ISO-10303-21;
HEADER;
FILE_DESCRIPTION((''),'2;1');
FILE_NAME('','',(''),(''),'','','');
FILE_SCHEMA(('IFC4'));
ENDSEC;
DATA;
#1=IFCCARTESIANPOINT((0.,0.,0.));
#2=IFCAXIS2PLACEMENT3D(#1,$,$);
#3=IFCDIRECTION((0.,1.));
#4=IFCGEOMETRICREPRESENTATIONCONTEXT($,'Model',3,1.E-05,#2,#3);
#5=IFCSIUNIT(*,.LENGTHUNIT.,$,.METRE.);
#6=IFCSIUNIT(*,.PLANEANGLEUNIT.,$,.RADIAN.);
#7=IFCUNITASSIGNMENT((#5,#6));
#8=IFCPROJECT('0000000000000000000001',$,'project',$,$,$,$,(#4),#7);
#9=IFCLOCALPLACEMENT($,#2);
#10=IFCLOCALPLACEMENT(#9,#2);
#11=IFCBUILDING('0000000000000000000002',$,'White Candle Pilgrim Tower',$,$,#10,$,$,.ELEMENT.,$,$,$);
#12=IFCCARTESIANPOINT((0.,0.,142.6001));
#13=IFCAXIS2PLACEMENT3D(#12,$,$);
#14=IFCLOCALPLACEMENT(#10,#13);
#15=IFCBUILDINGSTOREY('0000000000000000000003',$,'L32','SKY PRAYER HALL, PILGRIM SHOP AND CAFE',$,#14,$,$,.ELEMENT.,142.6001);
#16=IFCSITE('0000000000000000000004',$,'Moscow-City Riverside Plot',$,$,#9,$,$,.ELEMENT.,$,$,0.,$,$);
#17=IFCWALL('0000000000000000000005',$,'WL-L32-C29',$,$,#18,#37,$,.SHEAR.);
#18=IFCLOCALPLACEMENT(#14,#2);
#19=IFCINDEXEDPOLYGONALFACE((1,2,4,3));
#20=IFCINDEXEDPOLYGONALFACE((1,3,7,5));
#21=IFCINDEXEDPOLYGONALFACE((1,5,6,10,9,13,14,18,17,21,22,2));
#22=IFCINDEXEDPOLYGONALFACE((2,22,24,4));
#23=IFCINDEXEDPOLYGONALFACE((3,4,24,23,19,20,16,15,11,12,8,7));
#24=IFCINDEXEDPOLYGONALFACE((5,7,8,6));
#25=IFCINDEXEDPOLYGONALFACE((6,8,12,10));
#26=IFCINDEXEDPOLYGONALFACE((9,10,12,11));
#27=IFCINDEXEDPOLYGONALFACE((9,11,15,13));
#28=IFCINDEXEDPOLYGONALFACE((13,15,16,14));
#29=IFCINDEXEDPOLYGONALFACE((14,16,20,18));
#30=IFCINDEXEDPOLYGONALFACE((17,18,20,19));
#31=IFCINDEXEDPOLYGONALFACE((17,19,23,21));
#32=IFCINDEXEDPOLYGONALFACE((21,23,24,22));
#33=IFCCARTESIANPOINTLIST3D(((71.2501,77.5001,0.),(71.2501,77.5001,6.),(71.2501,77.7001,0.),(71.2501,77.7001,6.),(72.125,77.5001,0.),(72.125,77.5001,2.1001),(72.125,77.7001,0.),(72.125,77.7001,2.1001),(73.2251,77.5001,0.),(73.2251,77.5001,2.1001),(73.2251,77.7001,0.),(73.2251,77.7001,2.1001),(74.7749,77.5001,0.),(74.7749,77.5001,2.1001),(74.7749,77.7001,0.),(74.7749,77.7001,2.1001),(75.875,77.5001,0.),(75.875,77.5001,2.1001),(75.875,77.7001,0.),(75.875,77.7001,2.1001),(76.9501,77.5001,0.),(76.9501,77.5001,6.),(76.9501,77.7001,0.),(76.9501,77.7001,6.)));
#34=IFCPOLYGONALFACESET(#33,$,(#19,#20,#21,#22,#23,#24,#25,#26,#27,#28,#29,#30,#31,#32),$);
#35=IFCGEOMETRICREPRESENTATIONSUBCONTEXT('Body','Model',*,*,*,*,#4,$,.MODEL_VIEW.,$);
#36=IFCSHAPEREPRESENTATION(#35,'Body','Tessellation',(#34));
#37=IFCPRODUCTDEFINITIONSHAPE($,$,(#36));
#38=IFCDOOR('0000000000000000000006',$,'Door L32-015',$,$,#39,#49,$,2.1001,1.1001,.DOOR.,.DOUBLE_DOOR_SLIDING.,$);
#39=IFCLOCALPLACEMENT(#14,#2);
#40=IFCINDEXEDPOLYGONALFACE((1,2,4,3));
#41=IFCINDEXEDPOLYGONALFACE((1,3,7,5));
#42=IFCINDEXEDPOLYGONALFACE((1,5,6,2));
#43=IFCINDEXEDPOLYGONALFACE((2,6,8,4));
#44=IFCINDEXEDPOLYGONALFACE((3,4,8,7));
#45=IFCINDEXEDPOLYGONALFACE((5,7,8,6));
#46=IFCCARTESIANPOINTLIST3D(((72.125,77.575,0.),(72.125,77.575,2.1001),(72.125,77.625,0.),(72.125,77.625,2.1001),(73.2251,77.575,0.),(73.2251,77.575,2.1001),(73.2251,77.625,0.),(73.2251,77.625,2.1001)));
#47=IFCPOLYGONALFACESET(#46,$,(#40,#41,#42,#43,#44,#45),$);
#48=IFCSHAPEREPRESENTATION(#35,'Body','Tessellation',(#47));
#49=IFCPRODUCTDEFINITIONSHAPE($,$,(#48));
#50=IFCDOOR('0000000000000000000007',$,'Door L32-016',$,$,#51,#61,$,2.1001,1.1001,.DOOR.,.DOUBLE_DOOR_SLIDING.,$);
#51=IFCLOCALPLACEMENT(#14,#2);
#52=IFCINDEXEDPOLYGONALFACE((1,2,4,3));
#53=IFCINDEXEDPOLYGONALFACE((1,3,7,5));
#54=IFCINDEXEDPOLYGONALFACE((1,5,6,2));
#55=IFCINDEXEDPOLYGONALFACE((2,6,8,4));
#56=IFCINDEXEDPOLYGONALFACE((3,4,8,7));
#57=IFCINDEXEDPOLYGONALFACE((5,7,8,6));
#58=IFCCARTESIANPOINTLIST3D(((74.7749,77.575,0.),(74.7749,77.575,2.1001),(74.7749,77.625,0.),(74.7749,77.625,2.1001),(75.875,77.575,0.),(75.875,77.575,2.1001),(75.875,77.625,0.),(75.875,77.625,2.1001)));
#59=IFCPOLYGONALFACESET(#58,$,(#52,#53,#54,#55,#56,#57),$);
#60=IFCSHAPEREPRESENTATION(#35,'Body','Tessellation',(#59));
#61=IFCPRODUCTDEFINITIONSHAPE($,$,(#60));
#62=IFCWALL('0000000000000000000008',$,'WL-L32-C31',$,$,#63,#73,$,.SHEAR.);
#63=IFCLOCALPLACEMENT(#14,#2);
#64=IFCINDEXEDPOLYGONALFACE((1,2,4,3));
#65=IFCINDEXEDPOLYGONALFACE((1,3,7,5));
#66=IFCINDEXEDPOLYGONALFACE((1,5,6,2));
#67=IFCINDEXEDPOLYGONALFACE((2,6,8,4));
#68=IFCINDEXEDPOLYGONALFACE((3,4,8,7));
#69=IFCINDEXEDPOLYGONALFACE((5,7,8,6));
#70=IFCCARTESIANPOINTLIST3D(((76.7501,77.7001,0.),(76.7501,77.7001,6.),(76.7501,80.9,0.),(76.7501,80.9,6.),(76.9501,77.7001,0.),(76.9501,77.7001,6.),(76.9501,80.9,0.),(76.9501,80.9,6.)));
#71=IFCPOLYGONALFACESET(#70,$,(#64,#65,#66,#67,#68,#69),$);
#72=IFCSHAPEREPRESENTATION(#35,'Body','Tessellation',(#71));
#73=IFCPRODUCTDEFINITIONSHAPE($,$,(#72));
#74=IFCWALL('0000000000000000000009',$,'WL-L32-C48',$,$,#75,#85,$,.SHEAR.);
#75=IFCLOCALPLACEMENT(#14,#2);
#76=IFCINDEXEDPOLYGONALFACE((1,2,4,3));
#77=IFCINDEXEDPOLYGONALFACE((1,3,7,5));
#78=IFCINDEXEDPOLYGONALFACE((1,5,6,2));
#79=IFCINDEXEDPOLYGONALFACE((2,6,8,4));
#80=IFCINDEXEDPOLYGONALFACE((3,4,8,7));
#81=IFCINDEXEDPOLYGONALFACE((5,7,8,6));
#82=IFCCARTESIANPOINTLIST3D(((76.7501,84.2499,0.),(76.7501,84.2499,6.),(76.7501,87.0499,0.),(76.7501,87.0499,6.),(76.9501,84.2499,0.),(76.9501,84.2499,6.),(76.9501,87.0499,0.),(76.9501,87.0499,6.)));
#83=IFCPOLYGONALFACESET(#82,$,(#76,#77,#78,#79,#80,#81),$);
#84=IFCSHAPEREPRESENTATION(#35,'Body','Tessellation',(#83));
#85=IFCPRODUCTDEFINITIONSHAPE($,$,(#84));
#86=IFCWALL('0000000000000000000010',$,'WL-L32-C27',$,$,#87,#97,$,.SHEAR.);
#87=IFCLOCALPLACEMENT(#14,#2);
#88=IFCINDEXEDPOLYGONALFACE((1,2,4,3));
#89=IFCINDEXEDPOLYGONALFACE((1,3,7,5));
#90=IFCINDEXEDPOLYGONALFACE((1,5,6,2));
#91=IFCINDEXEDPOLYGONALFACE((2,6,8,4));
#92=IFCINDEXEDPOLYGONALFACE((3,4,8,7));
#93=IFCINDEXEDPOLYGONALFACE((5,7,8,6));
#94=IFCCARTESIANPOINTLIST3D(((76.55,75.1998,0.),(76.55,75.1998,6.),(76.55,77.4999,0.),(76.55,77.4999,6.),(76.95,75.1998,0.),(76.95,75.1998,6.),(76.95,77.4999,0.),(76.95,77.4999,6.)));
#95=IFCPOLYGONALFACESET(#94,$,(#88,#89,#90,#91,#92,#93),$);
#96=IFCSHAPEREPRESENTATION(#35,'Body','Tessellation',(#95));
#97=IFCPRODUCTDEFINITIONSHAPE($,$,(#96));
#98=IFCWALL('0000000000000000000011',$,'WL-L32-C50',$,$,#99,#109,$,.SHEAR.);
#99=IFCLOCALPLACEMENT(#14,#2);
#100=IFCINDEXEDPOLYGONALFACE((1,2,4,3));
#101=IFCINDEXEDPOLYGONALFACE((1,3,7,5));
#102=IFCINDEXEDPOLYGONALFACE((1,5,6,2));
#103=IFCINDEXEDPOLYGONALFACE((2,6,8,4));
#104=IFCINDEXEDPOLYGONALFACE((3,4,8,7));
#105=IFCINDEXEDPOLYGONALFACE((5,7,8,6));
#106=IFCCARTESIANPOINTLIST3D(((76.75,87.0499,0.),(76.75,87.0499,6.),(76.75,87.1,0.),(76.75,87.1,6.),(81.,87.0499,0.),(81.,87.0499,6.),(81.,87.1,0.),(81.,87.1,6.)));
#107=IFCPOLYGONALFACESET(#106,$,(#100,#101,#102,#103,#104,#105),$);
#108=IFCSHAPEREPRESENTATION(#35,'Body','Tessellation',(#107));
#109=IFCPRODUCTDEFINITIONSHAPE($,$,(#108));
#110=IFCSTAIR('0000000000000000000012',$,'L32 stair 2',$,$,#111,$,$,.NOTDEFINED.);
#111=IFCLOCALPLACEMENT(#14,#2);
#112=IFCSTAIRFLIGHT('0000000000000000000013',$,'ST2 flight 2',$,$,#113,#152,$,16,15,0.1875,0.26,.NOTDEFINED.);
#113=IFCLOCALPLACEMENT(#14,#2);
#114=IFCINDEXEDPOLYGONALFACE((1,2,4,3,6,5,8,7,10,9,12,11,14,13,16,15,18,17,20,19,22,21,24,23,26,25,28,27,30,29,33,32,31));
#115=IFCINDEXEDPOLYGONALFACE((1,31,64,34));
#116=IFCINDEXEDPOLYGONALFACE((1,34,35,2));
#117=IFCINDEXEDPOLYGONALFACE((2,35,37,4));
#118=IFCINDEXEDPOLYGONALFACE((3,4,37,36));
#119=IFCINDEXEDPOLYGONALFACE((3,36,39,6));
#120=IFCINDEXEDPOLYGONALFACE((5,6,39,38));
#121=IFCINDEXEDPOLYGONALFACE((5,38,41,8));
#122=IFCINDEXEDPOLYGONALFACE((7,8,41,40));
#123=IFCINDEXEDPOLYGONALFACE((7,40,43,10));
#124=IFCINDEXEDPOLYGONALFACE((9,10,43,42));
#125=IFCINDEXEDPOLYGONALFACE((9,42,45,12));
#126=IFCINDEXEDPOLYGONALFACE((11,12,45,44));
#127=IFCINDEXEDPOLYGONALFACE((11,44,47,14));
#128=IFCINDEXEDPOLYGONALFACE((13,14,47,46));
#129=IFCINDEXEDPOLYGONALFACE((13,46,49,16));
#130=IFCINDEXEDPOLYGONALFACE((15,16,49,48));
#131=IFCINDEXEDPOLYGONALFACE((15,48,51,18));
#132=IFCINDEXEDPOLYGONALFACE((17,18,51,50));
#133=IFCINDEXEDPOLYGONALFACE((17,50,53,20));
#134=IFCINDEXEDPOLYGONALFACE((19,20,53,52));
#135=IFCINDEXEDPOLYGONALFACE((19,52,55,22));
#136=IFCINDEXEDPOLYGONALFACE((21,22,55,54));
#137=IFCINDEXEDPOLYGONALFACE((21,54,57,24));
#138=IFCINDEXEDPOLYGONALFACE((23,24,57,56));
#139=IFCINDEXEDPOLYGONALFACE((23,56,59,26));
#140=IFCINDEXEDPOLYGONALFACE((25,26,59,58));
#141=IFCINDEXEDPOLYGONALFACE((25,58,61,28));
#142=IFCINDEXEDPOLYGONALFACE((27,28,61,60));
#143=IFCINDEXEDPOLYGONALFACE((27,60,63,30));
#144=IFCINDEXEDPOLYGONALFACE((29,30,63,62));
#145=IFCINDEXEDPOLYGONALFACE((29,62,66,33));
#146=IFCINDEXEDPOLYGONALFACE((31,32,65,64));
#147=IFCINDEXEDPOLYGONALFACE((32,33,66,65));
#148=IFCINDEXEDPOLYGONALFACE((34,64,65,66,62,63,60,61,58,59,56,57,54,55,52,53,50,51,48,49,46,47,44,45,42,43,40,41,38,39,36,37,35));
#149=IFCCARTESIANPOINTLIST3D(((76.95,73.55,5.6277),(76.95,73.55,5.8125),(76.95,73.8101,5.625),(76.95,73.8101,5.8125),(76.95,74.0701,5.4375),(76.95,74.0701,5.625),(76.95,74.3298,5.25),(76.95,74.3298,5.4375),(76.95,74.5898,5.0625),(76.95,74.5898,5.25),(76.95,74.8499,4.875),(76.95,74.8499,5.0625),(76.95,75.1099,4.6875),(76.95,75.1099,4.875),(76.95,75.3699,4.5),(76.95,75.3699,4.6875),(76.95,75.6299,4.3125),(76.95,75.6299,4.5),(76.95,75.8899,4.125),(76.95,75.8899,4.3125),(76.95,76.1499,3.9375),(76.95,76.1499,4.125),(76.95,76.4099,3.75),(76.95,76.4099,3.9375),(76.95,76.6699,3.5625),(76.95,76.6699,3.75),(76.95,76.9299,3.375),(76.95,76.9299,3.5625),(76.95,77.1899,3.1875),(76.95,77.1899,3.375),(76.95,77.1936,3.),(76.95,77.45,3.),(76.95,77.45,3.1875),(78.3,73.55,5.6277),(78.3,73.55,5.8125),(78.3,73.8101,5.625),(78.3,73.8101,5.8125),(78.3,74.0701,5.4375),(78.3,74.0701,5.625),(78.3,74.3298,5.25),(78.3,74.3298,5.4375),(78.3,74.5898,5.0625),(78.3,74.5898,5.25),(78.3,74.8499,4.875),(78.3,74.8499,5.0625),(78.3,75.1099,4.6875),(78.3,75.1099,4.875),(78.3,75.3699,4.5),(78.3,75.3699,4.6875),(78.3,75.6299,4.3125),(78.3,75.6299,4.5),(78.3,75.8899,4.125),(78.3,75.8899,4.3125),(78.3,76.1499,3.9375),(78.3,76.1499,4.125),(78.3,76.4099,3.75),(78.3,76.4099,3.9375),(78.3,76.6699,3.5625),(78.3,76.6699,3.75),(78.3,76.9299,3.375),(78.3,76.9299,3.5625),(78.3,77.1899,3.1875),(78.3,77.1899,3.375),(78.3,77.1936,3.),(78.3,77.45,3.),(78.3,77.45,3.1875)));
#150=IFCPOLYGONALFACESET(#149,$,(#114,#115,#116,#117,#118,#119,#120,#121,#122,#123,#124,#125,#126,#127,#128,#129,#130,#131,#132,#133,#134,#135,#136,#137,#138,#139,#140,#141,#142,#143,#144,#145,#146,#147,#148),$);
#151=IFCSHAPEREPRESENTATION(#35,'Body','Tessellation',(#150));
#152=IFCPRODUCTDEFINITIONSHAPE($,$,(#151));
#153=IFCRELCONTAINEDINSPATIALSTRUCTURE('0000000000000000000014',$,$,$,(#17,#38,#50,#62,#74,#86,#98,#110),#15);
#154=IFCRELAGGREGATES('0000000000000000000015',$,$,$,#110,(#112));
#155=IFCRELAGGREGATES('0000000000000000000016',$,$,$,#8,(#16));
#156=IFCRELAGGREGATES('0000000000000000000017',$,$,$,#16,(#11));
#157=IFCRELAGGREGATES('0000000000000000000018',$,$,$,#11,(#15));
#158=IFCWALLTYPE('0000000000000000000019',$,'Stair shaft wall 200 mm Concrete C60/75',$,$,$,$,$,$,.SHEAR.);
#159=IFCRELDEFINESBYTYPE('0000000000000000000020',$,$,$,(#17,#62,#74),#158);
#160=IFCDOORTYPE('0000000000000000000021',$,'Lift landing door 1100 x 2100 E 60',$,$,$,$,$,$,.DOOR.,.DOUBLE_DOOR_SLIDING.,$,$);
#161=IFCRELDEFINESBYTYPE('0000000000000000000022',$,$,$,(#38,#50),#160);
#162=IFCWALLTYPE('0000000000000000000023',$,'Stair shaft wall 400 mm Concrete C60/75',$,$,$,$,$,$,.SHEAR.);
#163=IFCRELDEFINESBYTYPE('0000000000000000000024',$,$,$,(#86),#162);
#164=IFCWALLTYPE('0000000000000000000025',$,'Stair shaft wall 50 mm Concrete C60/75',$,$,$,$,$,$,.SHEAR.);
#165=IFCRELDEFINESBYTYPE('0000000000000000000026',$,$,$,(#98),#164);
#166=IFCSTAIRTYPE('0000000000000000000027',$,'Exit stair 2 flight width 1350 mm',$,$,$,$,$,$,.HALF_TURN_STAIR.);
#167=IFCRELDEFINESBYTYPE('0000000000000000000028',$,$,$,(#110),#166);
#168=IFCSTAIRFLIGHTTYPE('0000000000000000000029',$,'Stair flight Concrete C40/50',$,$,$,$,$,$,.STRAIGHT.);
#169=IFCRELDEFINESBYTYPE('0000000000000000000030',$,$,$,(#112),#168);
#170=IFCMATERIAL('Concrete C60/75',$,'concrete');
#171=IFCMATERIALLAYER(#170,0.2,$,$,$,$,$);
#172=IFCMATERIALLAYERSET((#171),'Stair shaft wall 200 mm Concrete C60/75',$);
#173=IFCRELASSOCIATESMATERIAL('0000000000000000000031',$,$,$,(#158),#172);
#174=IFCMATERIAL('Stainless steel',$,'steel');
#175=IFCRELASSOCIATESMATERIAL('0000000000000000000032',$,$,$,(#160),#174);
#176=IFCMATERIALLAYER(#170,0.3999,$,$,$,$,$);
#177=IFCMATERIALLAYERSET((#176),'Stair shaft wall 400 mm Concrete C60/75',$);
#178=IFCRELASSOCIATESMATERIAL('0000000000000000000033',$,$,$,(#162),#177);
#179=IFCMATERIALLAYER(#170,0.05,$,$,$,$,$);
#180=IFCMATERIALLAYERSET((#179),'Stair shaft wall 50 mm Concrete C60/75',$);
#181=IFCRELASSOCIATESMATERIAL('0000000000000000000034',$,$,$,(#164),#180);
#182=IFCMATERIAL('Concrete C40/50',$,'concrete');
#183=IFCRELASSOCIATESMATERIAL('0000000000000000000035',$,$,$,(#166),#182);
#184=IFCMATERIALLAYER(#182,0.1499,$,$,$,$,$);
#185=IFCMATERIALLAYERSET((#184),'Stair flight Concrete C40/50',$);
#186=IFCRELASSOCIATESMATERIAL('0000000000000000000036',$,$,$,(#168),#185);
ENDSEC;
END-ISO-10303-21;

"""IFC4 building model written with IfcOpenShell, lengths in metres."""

from ifc_helpers import new_model, si_unit, direction, frame, frame_2d, origin, place, context, subcontext, project, spatial, polyline, rectangle, outline, extrude, material, layer, layer_set, type_object, element, fill, aggregate, save


model = new_model("IFC4")

# Units and contexts
model_context = context("Model", 3, precision=1e-05, world=origin(), true_north=direction((0.0, 1.0)))
body_context = subcontext(model_context, "Body", "Model", "MODEL_VIEW")
ifc_project = project(units=[si_unit("LENGTHUNIT", "METRE"), si_unit("PLANEANGLEUNIT", "RADIAN")], contexts=[model_context])

# Site, building, storey
site_placement = place(None, origin())
site = spatial("IfcSite", under=ifc_project, at=site_placement, Name="Moscow-City Riverside Plot", CompositionType="ELEMENT", RefElevation=0.0)
building_placement = place(site_placement, origin())
building = spatial("IfcBuilding", under=site, at=building_placement, Name="White Candle Pilgrim Tower", CompositionType="ELEMENT")
storey_placement = place(building_placement, frame((0.0, 0.0, 142.6001)))
storey = spatial("IfcBuildingStorey", under=building, at=storey_placement, Name="L32", Description="SKY PRAYER HALL, PILGRIM SHOP AND CAFE", CompositionType="ELEMENT", Elevation=142.6001)

# Shared definitions
ifc_material_1 = material(Name="Concrete C60/75", Category="concrete")

# Wall, openings, doors
ifc_layer_1 = layer(ifc_material_1, 0.2)
ifc_layer_set_1 = layer_set([ifc_layer_1], Name="Stair shaft wall 200 mm Concrete C60/75")
wall_type_1 = type_object("IfcWallType", Name="Stair shaft wall 200 mm Concrete C60/75", PredefinedType="SHEAR", material=ifc_layer_set_1)
wall_1_placement = place(storey_placement, frame((71.25, 77.6001, 0.0), z_axis=(0.0, 0.0, 1.0), x_axis=(1.0, 0.0, 0.0)))
wall_1 = element("IfcWall", 1, at=wall_1_placement, inside=storey, type_object=wall_type_1, Name="WL-L32-C29", PredefinedType="SHEAR", context=body_context, shape_type="SweptSolid", body=[
    extrude(rectangle(XDim=5.7, YDim=0.2, at=frame_2d((2.8501, 0.0))), origin(), (0.0, 0.0, 1.0), 6.0),
])
opening_1_placement = place(wall_1_placement, frame((0.875, 0.0, 0.0)))
opening_1 = element("IfcOpeningElement", 2, at=opening_1_placement, cuts=wall_1, PredefinedType="OPENING", context=body_context, shape_type="SweptSolid", body=[
    extrude(rectangle(XDim=1.1001, YDim=2.1001, at=frame_2d((0.55, 1.05))), frame((0.0, 0.1099, 0.0), z_axis=(0.0, -1.0, 0.0), x_axis=(1.0, 0.0, 0.0)), (0.0, 0.0, 1.0), 0.22),
])
opening_2_placement = place(wall_1_placement, frame((3.5249, 0.0, 0.0)))
opening_2 = element("IfcOpeningElement", 3, at=opening_2_placement, cuts=wall_1, PredefinedType="OPENING", context=body_context, shape_type="SweptSolid", body=[
    extrude(rectangle(XDim=1.1001, YDim=2.1001, at=frame_2d((0.55, 1.05))), frame((0.0, 0.1099, 0.0), z_axis=(0.0, -1.0, 0.0), x_axis=(1.0, 0.0, 0.0)), (0.0, 0.0, 1.0), 0.22),
])
ifc_material_2 = material(Name="Stainless steel", Category="steel")
door_type_1 = type_object("IfcDoorType", Name="Lift landing door 1100 x 2100 E 60", OperationType="DOUBLE_DOOR_SLIDING", PredefinedType="DOOR", material=ifc_material_2)
door_1_placement = place(opening_1_placement, origin())
door_1 = element("IfcDoor", 4, at=door_1_placement, inside=storey, type_object=door_type_1, Name="Door L32-015", OperationType="DOUBLE_DOOR_SLIDING", OverallHeight=2.1001, OverallWidth=1.1001, PredefinedType="DOOR", context=body_context, shape_type="SweptSolid", body=[
    extrude(rectangle(XDim=1.1001, YDim=2.1001, at=frame_2d((0.55, 1.05))), frame((0.0, 0.0249, 0.0), z_axis=(0.0, -1.0, 0.0), x_axis=(1.0, 0.0, 0.0)), (0.0, 0.0, 1.0), 0.05),
])
fill(opening_1, door_1)
door_2_placement = place(opening_2_placement, origin())
door_2 = element("IfcDoor", 5, at=door_2_placement, inside=storey, type_object=door_type_1, Name="Door L32-016", OperationType="DOUBLE_DOOR_SLIDING", OverallHeight=2.1001, OverallWidth=1.1001, PredefinedType="DOOR", context=body_context, shape_type="SweptSolid", body=[
    extrude(rectangle(XDim=1.1001, YDim=2.1001, at=frame_2d((0.55, 1.05))), frame((0.0, 0.0249, 0.0), z_axis=(0.0, -1.0, 0.0), x_axis=(1.0, 0.0, 0.0)), (0.0, 0.0, 1.0), 0.05),
])
fill(opening_2, door_2)

# Walls
wall_2_placement = place(storey_placement, frame((76.8501, 77.7, 0.0), z_axis=(0.0, 0.0, 1.0), x_axis=(0.0, 1.0, 0.0)))
element("IfcWall", 6, at=wall_2_placement, inside=storey, type_object=wall_type_1, Name="WL-L32-C31", PredefinedType="SHEAR", context=body_context, shape_type="SweptSolid", body=[
    extrude(rectangle(XDim=3.2, YDim=0.2, at=frame_2d((1.6001, 0.0))), origin(), (0.0, 0.0, 1.0), 6.0),
])
wall_3_placement = place(storey_placement, frame((76.8501, 84.25, 0.0), z_axis=(0.0, 0.0, 1.0), x_axis=(0.0, 1.0, 0.0)))
element("IfcWall", 7, at=wall_3_placement, inside=storey, type_object=wall_type_1, Name="WL-L32-C48", PredefinedType="SHEAR", context=body_context, shape_type="SweptSolid", body=[
    extrude(rectangle(XDim=2.8, YDim=0.2, at=frame_2d((1.3999, 0.0))), origin(), (0.0, 0.0, 1.0), 6.0),
])
ifc_layer_2 = layer(ifc_material_1, 0.3999)
ifc_layer_set_2 = layer_set([ifc_layer_2], Name="Stair shaft wall 400 mm Concrete C60/75")
wall_type_2 = type_object("IfcWallType", Name="Stair shaft wall 400 mm Concrete C60/75", PredefinedType="SHEAR", material=ifc_layer_set_2)
wall_4_placement = place(storey_placement, frame((76.75, 75.2, 0.0), z_axis=(0.0, 0.0, 1.0), x_axis=(0.0, 1.0, 0.0)))
element("IfcWall", 8, at=wall_4_placement, inside=storey, type_object=wall_type_2, Name="WL-L32-C27", PredefinedType="SHEAR", context=body_context, shape_type="SweptSolid", body=[
    extrude(rectangle(XDim=2.3, YDim=0.3999, at=frame_2d((1.1499, 0.0))), origin(), (0.0, 0.0, 1.0), 6.0),
])
ifc_layer_3 = layer(ifc_material_1, 0.05)
ifc_layer_set_3 = layer_set([ifc_layer_3], Name="Stair shaft wall 50 mm Concrete C60/75")
wall_type_3 = type_object("IfcWallType", Name="Stair shaft wall 50 mm Concrete C60/75", PredefinedType="SHEAR", material=ifc_layer_set_3)
wall_5_placement = place(storey_placement, frame((76.75, 87.075, 0.0), z_axis=(0.0, 0.0, 1.0), x_axis=(1.0, 0.0, 0.0)))
element("IfcWall", 9, at=wall_5_placement, inside=storey, type_object=wall_type_3, Name="WL-L32-C50", PredefinedType="SHEAR", context=body_context, shape_type="SweptSolid", body=[
    extrude(rectangle(XDim=4.25, YDim=0.05, at=frame_2d((2.125, 0.0))), origin(), (0.0, 0.0, 1.0), 6.0),
])

# Stair, stair flight
ifc_material_3 = material(Name="Concrete C40/50", Category="concrete")
stair_type_1 = type_object("IfcStairType", Name="Exit stair 2 flight width 1350 mm", PredefinedType="HALF_TURN_STAIR", material=ifc_material_3)
stair_1_placement = place(storey_placement, origin())
stair_1 = element("IfcStair", 10, at=stair_1_placement, inside=storey, type_object=stair_type_1, Name="L32 stair 2", PredefinedType="NOTDEFINED")
ifc_layer_4 = layer(ifc_material_3, 0.1499)
ifc_layer_set_4 = layer_set([ifc_layer_4], Name="Stair flight Concrete C40/50")
stair_flight_type = type_object("IfcStairFlightType", Name="Stair flight Concrete C40/50", PredefinedType="STRAIGHT", material=ifc_layer_set_4)
stair_flight_1_placement = place(storey_placement, frame((77.625, 77.45, 3.0), z_axis=(0.0, 0.0, 1.0), x_axis=(0.0, -1.0, 0.0)))
stair_flight_1 = element("IfcStairFlight", 11, at=stair_flight_1_placement, type_object=stair_flight_type, Name="ST2 flight 2", NumberOfRisers=16, NumberOfTreads=15, PredefinedType="NOTDEFINED", RiserHeight=0.1875, TreadLength=0.26, context=body_context, shape_type="SweptSolid", body=[
    extrude(outline(polyline([(0.0, 0.0), (0.0, 0.1875), (0.26, 0.1875), (0.26, 0.375), (0.52, 0.375), (0.52, 0.5625), (0.78, 0.5625), (0.78, 0.75), (1.04, 0.75), (1.04, 0.9375), (1.3, 0.9375), (1.3, 1.125), (1.5601, 1.125), (1.5601, 1.3125), (1.8201, 1.3125), (1.8201, 1.5), (2.0801, 1.5), (2.0801, 1.6875), (2.3401, 1.6875), (2.3401, 1.875), (2.6001, 1.875), (2.6001, 2.0625), (2.8601, 2.0625), (2.8601, 2.25), (3.1201, 2.25), (3.1201, 2.4375), (3.3799, 2.4375), (3.3799, 2.625), (3.6399, 2.625), (3.6399, 2.8125), (3.8999, 2.8125), (3.8999, 3.0), (3.8999, 2.6277), (0.2563, 0.0), (0.0, 0.0)])), frame((0.0, 0.675, 0.0), z_axis=(0.0, -1.0, 0.0), x_axis=(1.0, 0.0, 0.0)), (0.0, 0.0, 1.0), 1.3501),
])
aggregate(stair_1, [stair_flight_1])

save(model, "model.ifc")
